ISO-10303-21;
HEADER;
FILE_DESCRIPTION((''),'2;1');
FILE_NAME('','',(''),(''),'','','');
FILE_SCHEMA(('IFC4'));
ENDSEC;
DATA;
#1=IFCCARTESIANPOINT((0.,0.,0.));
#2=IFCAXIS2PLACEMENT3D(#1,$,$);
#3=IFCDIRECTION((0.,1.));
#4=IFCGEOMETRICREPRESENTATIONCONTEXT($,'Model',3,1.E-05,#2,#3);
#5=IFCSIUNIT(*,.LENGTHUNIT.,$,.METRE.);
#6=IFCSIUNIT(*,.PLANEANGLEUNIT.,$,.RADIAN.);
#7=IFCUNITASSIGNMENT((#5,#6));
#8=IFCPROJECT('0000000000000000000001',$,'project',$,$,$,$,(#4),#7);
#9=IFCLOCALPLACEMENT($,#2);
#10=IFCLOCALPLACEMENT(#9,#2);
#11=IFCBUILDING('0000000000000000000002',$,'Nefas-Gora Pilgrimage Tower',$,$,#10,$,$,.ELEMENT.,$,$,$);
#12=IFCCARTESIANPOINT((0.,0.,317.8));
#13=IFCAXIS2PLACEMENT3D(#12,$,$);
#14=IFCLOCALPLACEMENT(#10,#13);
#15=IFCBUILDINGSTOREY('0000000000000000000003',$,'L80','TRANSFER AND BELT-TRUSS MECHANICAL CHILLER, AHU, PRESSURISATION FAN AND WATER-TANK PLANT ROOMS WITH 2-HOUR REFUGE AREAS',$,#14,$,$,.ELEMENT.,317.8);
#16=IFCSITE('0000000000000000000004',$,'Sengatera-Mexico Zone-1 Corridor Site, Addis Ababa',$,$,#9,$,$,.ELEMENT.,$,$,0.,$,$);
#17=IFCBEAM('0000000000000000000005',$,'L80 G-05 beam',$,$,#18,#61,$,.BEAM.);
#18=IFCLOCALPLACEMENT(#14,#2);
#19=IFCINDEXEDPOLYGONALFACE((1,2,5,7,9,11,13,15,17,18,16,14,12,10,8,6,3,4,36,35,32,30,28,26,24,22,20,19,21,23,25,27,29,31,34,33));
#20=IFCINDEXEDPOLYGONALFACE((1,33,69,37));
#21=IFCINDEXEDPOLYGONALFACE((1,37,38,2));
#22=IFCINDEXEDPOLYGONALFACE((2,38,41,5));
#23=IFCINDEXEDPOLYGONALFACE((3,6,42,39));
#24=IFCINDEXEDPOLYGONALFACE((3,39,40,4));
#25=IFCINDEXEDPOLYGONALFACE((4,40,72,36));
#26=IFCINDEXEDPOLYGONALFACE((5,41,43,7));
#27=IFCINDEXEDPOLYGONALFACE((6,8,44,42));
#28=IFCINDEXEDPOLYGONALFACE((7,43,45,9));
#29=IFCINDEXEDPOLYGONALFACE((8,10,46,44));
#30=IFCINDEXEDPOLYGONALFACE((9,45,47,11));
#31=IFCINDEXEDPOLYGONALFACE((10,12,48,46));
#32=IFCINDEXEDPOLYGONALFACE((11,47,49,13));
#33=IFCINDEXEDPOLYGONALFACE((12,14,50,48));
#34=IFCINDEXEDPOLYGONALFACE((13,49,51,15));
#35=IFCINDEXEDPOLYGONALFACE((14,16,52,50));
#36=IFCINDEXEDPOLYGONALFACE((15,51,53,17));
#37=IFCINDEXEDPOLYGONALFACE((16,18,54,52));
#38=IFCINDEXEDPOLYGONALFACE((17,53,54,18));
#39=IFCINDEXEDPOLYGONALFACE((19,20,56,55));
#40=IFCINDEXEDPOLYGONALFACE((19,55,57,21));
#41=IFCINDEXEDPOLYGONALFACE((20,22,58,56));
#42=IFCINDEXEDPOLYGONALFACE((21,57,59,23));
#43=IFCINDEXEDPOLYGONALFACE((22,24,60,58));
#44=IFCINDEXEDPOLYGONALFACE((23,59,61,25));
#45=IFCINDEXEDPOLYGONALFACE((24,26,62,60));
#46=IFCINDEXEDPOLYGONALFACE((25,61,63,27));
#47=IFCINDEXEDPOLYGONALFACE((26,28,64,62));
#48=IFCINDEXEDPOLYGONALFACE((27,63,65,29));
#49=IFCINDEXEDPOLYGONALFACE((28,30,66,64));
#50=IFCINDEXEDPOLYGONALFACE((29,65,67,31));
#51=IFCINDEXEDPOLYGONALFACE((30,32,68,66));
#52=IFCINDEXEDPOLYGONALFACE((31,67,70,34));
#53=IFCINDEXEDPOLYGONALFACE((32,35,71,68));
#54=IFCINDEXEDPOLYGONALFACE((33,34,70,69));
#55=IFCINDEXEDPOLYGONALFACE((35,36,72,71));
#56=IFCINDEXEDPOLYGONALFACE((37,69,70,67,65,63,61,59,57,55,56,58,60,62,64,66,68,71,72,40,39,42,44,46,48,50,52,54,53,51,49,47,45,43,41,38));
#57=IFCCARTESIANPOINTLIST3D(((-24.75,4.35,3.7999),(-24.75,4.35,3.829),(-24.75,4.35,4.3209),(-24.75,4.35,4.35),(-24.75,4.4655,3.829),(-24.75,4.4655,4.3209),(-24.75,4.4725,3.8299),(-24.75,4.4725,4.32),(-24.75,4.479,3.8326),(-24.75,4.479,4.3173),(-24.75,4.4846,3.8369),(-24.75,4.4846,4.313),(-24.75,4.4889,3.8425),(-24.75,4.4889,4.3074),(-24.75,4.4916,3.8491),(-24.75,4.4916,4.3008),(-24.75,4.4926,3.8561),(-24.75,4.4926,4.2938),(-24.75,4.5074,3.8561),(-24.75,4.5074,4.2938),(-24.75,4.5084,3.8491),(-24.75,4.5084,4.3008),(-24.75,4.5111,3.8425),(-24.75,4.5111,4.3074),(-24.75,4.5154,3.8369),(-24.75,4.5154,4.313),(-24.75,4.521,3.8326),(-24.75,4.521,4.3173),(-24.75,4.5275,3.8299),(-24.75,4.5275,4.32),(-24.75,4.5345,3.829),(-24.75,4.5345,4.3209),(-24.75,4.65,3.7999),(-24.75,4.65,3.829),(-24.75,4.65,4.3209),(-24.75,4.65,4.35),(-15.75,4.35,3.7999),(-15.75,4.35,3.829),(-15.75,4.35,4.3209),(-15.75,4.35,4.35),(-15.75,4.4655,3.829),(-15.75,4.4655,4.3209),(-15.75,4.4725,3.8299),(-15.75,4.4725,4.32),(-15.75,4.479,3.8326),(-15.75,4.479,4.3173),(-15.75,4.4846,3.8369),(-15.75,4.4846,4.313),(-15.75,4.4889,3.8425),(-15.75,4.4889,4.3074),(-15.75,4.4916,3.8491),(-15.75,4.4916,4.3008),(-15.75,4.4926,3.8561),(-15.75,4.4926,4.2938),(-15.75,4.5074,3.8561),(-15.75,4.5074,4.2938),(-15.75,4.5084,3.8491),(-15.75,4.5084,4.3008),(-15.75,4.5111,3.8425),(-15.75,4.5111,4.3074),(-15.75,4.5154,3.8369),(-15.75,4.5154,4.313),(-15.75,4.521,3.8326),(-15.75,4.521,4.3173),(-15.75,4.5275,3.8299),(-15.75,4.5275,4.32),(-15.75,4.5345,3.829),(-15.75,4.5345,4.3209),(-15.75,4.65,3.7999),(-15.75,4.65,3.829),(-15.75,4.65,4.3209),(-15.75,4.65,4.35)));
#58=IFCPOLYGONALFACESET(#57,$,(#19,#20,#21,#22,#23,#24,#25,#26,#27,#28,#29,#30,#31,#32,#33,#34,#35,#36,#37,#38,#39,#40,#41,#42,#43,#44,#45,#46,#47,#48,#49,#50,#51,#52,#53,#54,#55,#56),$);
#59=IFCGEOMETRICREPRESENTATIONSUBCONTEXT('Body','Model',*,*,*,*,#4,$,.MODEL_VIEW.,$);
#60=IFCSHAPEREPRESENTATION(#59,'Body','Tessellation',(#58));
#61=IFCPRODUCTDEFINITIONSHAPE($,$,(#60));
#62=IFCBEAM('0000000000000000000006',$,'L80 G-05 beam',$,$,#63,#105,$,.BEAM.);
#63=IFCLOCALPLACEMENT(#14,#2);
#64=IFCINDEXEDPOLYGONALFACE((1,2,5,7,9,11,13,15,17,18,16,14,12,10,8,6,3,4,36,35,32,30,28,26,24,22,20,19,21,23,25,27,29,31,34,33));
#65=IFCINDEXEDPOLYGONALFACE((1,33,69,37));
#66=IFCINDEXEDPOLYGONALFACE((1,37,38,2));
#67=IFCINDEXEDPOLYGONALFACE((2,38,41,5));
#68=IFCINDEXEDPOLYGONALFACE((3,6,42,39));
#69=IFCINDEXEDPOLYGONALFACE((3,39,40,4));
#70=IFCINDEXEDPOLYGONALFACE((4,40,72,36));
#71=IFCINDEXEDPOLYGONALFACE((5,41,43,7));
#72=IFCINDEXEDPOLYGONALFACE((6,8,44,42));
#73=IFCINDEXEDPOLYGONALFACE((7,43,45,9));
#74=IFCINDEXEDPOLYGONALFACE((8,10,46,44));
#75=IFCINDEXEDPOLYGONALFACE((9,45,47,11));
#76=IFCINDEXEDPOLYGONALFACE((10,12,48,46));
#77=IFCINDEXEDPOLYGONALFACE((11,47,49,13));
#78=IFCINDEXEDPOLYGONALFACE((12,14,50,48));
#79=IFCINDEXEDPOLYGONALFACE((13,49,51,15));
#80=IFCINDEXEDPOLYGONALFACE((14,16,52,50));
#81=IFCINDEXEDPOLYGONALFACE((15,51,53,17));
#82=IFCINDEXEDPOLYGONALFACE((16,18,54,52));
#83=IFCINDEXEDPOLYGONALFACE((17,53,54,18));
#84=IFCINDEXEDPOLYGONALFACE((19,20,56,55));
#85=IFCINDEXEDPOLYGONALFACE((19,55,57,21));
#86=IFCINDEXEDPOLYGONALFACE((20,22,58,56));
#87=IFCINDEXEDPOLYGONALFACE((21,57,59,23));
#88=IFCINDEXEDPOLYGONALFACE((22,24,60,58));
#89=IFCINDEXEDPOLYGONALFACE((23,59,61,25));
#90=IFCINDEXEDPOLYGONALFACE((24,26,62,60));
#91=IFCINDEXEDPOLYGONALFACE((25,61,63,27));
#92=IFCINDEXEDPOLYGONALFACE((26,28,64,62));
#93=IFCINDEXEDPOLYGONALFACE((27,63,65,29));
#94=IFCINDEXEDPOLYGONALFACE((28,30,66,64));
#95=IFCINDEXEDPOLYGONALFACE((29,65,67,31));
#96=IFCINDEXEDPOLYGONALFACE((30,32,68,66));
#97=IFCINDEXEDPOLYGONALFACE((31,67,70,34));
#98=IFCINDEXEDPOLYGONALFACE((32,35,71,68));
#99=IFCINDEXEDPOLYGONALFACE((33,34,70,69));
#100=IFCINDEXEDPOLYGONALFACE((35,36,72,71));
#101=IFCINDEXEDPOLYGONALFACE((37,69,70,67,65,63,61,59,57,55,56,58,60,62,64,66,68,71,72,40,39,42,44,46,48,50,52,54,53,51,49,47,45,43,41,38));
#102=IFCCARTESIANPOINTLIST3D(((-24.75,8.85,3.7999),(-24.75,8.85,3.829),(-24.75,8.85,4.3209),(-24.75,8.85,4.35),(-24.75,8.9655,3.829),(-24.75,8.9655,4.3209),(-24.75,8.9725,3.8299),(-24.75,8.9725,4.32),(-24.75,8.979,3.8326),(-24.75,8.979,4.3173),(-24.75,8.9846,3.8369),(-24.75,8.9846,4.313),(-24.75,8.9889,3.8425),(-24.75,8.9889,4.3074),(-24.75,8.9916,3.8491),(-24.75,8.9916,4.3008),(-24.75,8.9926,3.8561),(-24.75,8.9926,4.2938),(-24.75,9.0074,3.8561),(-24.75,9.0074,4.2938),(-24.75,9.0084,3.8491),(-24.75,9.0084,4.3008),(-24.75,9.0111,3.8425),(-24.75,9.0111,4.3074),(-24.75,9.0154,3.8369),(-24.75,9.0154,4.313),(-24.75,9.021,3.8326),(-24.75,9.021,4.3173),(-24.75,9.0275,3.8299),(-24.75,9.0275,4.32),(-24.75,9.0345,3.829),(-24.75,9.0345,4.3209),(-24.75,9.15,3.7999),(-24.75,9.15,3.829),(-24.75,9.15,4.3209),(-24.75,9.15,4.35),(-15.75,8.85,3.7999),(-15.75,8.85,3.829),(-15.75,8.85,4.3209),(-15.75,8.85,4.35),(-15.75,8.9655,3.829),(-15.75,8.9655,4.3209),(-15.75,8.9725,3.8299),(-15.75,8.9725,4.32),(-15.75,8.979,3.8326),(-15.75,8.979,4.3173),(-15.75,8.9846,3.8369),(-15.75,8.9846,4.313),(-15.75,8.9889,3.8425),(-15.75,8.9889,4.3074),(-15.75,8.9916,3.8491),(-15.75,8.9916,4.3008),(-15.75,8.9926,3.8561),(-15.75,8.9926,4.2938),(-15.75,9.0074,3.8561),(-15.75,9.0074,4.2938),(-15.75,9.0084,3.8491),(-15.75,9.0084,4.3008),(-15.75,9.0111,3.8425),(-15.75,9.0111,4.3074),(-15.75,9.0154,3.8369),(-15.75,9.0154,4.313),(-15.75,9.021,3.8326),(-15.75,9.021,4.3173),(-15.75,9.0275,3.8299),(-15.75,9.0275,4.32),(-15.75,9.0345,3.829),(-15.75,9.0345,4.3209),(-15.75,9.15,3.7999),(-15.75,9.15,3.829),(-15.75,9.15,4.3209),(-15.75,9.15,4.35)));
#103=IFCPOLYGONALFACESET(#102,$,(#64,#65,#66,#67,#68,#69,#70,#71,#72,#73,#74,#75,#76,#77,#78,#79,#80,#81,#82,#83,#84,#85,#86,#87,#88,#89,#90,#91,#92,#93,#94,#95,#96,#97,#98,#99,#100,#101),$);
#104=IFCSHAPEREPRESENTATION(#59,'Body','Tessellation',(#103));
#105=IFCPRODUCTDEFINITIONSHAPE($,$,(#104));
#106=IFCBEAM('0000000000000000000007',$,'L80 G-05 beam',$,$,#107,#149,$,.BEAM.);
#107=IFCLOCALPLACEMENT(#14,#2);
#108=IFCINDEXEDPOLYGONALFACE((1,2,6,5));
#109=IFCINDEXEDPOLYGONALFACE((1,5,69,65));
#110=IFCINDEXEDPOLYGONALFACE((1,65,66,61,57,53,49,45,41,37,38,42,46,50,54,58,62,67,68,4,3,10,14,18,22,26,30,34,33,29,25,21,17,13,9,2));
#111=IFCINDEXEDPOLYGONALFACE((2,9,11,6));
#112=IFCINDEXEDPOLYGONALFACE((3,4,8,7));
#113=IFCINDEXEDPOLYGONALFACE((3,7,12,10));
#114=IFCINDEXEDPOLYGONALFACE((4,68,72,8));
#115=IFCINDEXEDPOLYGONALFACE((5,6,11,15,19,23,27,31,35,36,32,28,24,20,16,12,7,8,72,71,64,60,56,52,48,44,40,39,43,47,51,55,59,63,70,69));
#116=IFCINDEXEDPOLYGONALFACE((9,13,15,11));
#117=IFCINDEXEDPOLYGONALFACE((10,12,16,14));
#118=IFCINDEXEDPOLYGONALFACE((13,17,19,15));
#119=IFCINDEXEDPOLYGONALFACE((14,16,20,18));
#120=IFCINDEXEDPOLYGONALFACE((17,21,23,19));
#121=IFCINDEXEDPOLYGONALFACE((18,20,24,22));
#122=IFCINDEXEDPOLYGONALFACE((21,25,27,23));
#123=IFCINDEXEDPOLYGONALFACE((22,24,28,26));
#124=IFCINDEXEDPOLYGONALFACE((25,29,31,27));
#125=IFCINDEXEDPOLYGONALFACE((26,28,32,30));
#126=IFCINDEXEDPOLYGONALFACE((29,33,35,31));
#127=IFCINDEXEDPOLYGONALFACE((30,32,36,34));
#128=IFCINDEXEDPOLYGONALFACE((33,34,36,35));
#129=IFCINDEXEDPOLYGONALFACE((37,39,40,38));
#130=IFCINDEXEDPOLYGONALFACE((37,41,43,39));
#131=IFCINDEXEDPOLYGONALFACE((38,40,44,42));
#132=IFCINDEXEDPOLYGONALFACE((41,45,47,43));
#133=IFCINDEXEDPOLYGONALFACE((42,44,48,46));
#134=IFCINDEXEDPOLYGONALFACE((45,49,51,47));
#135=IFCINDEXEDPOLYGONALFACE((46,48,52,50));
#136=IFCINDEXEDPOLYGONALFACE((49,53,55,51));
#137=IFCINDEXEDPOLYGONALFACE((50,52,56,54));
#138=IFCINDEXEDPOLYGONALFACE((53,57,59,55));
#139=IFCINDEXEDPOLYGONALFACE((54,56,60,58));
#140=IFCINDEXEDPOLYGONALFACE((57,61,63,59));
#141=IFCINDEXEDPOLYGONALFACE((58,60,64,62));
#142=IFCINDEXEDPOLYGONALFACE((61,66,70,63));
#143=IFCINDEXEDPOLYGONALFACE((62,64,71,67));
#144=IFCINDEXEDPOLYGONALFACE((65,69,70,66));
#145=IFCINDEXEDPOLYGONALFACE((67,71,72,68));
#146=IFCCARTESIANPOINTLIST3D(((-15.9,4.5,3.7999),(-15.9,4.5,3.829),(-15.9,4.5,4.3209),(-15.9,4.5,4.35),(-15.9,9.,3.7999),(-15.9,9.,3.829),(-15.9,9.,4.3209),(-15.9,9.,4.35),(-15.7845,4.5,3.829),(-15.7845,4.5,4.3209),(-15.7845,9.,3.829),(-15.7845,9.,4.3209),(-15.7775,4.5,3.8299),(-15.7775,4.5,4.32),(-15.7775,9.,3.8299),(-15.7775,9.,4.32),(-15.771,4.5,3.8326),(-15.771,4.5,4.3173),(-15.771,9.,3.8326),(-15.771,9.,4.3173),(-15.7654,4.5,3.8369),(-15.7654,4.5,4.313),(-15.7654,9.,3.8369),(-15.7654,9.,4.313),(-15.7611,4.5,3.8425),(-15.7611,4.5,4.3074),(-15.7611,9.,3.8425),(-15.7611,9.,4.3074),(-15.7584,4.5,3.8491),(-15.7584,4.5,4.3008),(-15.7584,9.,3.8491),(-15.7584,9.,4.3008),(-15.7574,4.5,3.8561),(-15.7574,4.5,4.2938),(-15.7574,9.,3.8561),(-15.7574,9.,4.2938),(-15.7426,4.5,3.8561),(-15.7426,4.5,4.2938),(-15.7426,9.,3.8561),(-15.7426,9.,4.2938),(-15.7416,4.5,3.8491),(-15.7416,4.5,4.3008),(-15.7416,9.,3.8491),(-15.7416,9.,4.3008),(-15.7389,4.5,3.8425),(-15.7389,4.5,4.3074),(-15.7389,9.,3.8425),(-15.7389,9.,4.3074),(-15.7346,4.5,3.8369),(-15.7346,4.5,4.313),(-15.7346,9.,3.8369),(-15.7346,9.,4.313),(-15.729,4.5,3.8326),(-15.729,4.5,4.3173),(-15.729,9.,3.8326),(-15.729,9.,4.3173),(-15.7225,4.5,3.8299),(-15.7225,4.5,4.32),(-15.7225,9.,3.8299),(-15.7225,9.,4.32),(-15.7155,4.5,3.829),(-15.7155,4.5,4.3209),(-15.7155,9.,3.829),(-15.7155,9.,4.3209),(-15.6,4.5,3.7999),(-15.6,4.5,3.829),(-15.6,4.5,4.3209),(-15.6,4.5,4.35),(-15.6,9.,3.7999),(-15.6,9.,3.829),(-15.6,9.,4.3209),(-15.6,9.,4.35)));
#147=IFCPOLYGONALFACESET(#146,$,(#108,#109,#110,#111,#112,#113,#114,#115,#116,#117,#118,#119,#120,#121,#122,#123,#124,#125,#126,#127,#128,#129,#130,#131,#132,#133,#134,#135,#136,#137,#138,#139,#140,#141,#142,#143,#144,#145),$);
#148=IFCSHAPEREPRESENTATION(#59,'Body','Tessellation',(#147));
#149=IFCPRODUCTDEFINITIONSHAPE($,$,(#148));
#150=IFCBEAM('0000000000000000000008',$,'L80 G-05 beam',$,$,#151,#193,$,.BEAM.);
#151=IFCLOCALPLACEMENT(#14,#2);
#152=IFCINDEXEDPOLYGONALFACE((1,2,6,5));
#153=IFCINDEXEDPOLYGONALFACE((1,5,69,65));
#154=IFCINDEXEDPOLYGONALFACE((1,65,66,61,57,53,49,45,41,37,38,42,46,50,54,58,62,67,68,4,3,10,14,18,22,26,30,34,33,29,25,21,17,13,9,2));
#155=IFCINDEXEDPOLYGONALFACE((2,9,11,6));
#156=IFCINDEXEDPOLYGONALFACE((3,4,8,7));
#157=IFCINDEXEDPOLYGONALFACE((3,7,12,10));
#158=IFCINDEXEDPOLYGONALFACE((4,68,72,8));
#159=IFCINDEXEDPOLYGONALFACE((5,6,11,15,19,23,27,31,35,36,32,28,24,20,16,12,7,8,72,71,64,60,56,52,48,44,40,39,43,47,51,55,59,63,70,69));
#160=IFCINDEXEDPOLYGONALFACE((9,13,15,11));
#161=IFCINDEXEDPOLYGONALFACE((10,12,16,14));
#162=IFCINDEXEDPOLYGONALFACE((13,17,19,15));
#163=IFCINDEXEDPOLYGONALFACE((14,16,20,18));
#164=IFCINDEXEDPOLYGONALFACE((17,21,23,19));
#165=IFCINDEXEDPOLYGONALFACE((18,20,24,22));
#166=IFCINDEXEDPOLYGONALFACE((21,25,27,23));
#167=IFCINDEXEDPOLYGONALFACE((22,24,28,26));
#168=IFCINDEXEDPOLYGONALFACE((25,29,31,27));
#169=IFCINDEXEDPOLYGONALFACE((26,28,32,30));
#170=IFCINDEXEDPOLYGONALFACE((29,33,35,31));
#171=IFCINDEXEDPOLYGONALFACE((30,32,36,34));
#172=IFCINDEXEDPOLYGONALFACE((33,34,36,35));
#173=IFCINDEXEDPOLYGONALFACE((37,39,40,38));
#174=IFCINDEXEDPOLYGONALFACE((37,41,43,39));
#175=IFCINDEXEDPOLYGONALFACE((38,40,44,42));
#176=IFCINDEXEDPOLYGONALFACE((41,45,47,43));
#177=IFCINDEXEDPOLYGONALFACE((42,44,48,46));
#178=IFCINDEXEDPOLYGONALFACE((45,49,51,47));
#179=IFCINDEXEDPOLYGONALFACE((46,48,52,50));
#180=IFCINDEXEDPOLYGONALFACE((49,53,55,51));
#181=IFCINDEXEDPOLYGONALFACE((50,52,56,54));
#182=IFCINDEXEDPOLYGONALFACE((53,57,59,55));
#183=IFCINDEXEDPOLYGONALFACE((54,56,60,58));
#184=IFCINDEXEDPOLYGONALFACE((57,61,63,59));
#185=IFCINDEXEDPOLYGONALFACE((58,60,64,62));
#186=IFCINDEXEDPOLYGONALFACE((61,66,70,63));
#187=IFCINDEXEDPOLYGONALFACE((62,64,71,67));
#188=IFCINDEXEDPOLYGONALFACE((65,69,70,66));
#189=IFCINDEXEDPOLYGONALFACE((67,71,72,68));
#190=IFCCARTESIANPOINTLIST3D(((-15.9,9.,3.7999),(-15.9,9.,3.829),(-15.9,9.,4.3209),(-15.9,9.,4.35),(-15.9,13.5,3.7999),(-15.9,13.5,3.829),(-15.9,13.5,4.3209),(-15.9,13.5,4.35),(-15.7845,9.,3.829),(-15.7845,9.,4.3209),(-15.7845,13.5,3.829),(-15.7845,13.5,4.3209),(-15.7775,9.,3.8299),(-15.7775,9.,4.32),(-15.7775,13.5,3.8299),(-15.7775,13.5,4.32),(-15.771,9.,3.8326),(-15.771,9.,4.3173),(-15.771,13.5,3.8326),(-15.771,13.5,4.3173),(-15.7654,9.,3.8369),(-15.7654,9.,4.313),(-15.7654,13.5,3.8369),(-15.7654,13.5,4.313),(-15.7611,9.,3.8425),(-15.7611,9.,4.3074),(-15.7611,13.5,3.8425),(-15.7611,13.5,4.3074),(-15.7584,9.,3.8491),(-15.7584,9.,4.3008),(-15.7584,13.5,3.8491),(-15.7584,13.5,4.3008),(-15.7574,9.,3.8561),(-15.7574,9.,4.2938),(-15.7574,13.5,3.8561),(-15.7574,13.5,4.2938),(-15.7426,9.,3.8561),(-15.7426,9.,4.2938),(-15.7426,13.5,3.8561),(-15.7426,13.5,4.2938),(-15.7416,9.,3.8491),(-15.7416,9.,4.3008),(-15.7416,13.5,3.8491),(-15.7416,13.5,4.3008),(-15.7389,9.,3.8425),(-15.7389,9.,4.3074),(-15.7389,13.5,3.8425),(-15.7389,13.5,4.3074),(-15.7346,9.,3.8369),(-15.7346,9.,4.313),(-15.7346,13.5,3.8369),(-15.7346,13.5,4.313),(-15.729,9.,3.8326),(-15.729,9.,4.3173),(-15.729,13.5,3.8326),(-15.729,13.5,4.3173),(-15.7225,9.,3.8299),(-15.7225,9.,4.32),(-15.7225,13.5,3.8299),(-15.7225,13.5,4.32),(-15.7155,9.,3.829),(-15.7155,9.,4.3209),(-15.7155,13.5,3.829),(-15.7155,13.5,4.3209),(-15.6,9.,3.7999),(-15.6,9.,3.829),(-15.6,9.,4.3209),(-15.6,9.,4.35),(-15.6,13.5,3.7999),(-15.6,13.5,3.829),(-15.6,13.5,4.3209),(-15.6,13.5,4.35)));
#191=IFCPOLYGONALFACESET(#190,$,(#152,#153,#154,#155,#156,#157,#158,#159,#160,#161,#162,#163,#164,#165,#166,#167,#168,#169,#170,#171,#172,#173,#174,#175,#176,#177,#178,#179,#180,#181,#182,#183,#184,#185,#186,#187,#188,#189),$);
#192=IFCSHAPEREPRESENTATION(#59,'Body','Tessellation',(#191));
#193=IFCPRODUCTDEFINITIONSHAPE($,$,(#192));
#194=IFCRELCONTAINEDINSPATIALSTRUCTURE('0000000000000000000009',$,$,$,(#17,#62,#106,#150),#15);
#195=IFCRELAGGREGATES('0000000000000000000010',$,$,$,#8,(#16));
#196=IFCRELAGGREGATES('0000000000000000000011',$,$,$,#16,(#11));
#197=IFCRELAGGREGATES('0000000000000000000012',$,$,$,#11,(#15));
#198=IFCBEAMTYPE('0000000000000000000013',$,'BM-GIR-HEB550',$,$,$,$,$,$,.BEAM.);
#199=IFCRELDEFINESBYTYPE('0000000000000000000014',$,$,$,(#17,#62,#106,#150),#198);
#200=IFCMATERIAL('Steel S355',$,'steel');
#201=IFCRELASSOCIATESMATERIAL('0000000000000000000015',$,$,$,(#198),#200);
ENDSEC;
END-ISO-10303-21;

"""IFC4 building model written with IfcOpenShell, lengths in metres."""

from ifc_helpers import new_model, si_unit, direction, frame, origin, origin_2d, place, context, subcontext, project, spatial, i_section, extrude, source, transform, mapped, material, material_profile, profile_set, type_object, element, save


model = new_model("IFC4")

# Units and contexts
model_context = context("Model", 3, precision=1e-05, world=origin(), true_north=direction((0.0, 1.0)))
body_context = subcontext(model_context, "Body", "Model", "MODEL_VIEW")
ifc_project = project(units=[si_unit("LENGTHUNIT", "METRE"), si_unit("PLANEANGLEUNIT", "RADIAN")], contexts=[model_context])

# Site, building, storey
site_placement = place(None, origin())
site = spatial("IfcSite", under=ifc_project, at=site_placement, Name="Sengatera-Mexico Zone-1 Corridor Site, Addis Ababa", CompositionType="ELEMENT", RefElevation=0.0)
building_placement = place(site_placement, origin())
building = spatial("IfcBuilding", under=site, at=building_placement, Name="Nefas-Gora Pilgrimage Tower", CompositionType="ELEMENT")
storey_placement = place(building_placement, frame((0.0, 0.0, 317.8)))
storey = spatial("IfcBuildingStorey", under=building, at=storey_placement, Name="L80", Description="TRANSFER AND BELT-TRUSS MECHANICAL CHILLER, AHU, PRESSURISATION FAN AND WATER-TANK PLANT ROOMS WITH 2-HOUR REFUGE AREAS", CompositionType="ELEMENT", Elevation=317.8)

# Shared definitions
ifc_material_1 = material(Name="Steel S355", Category="steel")

# Beams
ifc_material_profile_1 = material_profile(ifc_material_1, i_section(OverallWidth=0.3, OverallDepth=0.55, WebThickness=0.0149, FlangeThickness=0.0291, FilletRadius=0.0271, at=origin_2d()), Name="HEB 550")
ifc_profile_set_1 = profile_set([ifc_material_profile_1], Name="Steel S355")
beam_type_1 = type_object("IfcBeamType", Name="BM-GIR-HEB550", PredefinedType="BEAM", material=ifc_profile_set_1)
shared_shape_1 = source(origin(), body_context, "Body", "SweptSolid", [
    extrude(i_section(OverallWidth=0.3, OverallDepth=0.55, WebThickness=0.0149, FlangeThickness=0.0291, FilletRadius=0.0271, at=origin_2d()), origin(), (0.0, 0.0, 1.0), 9.0),
])
for number, where, z_axis, x_axis, name in (
    (1, (-24.75, 4.5, 4.075), (1.0, 0.0, 0.0), (0.0, 1.0, 0.0), "L80 G-05 beam"),
    (2, (-24.75, 9.0, 4.075), (1.0, 0.0, 0.0), (0.0, 1.0, 0.0), "L80 G-05 beam"),
):
    element("IfcBeam", number, at=place(storey_placement, frame(where, z_axis=z_axis, x_axis=x_axis)), inside=storey, type_object=beam_type_1, Name=name, PredefinedType="BEAM", context=body_context, shape_type="MappedRepresentation", body=[
        mapped(shared_shape_1, transform((0.0, 0.0, 0.0), x_axis=(1.0, 0.0, 0.0), y_axis=(0.0, 1.0, 0.0), z_axis=(0.0, 0.0, 1.0), scale=1.0)),
    ])
shared_shape_2 = source(origin(), body_context, "Body", "SweptSolid", [
    extrude(i_section(OverallWidth=0.3, OverallDepth=0.55, WebThickness=0.0149, FlangeThickness=0.0291, FilletRadius=0.0271, at=origin_2d()), origin(), (0.0, 0.0, 1.0), 4.5),
])
for number, where, z_axis, x_axis, name in (
    (3, (-15.75, 4.5, 4.075), (0.0, 1.0, 0.0), (-1.0, 0.0, 0.0), "L80 G-05 beam"),
    (4, (-15.75, 9.0, 4.075), (0.0, 1.0, 0.0), (-1.0, 0.0, 0.0), "L80 G-05 beam"),
):
    element("IfcBeam", number, at=place(storey_placement, frame(where, z_axis=z_axis, x_axis=x_axis)), inside=storey, type_object=beam_type_1, Name=name, PredefinedType="BEAM", context=body_context, shape_type="MappedRepresentation", body=[
        mapped(shared_shape_2, transform((0.0, 0.0, 0.0), x_axis=(1.0, 0.0, 0.0), y_axis=(0.0, 1.0, 0.0), z_axis=(0.0, 0.0, 1.0), scale=1.0)),
    ])

save(model, "model.ifc")
